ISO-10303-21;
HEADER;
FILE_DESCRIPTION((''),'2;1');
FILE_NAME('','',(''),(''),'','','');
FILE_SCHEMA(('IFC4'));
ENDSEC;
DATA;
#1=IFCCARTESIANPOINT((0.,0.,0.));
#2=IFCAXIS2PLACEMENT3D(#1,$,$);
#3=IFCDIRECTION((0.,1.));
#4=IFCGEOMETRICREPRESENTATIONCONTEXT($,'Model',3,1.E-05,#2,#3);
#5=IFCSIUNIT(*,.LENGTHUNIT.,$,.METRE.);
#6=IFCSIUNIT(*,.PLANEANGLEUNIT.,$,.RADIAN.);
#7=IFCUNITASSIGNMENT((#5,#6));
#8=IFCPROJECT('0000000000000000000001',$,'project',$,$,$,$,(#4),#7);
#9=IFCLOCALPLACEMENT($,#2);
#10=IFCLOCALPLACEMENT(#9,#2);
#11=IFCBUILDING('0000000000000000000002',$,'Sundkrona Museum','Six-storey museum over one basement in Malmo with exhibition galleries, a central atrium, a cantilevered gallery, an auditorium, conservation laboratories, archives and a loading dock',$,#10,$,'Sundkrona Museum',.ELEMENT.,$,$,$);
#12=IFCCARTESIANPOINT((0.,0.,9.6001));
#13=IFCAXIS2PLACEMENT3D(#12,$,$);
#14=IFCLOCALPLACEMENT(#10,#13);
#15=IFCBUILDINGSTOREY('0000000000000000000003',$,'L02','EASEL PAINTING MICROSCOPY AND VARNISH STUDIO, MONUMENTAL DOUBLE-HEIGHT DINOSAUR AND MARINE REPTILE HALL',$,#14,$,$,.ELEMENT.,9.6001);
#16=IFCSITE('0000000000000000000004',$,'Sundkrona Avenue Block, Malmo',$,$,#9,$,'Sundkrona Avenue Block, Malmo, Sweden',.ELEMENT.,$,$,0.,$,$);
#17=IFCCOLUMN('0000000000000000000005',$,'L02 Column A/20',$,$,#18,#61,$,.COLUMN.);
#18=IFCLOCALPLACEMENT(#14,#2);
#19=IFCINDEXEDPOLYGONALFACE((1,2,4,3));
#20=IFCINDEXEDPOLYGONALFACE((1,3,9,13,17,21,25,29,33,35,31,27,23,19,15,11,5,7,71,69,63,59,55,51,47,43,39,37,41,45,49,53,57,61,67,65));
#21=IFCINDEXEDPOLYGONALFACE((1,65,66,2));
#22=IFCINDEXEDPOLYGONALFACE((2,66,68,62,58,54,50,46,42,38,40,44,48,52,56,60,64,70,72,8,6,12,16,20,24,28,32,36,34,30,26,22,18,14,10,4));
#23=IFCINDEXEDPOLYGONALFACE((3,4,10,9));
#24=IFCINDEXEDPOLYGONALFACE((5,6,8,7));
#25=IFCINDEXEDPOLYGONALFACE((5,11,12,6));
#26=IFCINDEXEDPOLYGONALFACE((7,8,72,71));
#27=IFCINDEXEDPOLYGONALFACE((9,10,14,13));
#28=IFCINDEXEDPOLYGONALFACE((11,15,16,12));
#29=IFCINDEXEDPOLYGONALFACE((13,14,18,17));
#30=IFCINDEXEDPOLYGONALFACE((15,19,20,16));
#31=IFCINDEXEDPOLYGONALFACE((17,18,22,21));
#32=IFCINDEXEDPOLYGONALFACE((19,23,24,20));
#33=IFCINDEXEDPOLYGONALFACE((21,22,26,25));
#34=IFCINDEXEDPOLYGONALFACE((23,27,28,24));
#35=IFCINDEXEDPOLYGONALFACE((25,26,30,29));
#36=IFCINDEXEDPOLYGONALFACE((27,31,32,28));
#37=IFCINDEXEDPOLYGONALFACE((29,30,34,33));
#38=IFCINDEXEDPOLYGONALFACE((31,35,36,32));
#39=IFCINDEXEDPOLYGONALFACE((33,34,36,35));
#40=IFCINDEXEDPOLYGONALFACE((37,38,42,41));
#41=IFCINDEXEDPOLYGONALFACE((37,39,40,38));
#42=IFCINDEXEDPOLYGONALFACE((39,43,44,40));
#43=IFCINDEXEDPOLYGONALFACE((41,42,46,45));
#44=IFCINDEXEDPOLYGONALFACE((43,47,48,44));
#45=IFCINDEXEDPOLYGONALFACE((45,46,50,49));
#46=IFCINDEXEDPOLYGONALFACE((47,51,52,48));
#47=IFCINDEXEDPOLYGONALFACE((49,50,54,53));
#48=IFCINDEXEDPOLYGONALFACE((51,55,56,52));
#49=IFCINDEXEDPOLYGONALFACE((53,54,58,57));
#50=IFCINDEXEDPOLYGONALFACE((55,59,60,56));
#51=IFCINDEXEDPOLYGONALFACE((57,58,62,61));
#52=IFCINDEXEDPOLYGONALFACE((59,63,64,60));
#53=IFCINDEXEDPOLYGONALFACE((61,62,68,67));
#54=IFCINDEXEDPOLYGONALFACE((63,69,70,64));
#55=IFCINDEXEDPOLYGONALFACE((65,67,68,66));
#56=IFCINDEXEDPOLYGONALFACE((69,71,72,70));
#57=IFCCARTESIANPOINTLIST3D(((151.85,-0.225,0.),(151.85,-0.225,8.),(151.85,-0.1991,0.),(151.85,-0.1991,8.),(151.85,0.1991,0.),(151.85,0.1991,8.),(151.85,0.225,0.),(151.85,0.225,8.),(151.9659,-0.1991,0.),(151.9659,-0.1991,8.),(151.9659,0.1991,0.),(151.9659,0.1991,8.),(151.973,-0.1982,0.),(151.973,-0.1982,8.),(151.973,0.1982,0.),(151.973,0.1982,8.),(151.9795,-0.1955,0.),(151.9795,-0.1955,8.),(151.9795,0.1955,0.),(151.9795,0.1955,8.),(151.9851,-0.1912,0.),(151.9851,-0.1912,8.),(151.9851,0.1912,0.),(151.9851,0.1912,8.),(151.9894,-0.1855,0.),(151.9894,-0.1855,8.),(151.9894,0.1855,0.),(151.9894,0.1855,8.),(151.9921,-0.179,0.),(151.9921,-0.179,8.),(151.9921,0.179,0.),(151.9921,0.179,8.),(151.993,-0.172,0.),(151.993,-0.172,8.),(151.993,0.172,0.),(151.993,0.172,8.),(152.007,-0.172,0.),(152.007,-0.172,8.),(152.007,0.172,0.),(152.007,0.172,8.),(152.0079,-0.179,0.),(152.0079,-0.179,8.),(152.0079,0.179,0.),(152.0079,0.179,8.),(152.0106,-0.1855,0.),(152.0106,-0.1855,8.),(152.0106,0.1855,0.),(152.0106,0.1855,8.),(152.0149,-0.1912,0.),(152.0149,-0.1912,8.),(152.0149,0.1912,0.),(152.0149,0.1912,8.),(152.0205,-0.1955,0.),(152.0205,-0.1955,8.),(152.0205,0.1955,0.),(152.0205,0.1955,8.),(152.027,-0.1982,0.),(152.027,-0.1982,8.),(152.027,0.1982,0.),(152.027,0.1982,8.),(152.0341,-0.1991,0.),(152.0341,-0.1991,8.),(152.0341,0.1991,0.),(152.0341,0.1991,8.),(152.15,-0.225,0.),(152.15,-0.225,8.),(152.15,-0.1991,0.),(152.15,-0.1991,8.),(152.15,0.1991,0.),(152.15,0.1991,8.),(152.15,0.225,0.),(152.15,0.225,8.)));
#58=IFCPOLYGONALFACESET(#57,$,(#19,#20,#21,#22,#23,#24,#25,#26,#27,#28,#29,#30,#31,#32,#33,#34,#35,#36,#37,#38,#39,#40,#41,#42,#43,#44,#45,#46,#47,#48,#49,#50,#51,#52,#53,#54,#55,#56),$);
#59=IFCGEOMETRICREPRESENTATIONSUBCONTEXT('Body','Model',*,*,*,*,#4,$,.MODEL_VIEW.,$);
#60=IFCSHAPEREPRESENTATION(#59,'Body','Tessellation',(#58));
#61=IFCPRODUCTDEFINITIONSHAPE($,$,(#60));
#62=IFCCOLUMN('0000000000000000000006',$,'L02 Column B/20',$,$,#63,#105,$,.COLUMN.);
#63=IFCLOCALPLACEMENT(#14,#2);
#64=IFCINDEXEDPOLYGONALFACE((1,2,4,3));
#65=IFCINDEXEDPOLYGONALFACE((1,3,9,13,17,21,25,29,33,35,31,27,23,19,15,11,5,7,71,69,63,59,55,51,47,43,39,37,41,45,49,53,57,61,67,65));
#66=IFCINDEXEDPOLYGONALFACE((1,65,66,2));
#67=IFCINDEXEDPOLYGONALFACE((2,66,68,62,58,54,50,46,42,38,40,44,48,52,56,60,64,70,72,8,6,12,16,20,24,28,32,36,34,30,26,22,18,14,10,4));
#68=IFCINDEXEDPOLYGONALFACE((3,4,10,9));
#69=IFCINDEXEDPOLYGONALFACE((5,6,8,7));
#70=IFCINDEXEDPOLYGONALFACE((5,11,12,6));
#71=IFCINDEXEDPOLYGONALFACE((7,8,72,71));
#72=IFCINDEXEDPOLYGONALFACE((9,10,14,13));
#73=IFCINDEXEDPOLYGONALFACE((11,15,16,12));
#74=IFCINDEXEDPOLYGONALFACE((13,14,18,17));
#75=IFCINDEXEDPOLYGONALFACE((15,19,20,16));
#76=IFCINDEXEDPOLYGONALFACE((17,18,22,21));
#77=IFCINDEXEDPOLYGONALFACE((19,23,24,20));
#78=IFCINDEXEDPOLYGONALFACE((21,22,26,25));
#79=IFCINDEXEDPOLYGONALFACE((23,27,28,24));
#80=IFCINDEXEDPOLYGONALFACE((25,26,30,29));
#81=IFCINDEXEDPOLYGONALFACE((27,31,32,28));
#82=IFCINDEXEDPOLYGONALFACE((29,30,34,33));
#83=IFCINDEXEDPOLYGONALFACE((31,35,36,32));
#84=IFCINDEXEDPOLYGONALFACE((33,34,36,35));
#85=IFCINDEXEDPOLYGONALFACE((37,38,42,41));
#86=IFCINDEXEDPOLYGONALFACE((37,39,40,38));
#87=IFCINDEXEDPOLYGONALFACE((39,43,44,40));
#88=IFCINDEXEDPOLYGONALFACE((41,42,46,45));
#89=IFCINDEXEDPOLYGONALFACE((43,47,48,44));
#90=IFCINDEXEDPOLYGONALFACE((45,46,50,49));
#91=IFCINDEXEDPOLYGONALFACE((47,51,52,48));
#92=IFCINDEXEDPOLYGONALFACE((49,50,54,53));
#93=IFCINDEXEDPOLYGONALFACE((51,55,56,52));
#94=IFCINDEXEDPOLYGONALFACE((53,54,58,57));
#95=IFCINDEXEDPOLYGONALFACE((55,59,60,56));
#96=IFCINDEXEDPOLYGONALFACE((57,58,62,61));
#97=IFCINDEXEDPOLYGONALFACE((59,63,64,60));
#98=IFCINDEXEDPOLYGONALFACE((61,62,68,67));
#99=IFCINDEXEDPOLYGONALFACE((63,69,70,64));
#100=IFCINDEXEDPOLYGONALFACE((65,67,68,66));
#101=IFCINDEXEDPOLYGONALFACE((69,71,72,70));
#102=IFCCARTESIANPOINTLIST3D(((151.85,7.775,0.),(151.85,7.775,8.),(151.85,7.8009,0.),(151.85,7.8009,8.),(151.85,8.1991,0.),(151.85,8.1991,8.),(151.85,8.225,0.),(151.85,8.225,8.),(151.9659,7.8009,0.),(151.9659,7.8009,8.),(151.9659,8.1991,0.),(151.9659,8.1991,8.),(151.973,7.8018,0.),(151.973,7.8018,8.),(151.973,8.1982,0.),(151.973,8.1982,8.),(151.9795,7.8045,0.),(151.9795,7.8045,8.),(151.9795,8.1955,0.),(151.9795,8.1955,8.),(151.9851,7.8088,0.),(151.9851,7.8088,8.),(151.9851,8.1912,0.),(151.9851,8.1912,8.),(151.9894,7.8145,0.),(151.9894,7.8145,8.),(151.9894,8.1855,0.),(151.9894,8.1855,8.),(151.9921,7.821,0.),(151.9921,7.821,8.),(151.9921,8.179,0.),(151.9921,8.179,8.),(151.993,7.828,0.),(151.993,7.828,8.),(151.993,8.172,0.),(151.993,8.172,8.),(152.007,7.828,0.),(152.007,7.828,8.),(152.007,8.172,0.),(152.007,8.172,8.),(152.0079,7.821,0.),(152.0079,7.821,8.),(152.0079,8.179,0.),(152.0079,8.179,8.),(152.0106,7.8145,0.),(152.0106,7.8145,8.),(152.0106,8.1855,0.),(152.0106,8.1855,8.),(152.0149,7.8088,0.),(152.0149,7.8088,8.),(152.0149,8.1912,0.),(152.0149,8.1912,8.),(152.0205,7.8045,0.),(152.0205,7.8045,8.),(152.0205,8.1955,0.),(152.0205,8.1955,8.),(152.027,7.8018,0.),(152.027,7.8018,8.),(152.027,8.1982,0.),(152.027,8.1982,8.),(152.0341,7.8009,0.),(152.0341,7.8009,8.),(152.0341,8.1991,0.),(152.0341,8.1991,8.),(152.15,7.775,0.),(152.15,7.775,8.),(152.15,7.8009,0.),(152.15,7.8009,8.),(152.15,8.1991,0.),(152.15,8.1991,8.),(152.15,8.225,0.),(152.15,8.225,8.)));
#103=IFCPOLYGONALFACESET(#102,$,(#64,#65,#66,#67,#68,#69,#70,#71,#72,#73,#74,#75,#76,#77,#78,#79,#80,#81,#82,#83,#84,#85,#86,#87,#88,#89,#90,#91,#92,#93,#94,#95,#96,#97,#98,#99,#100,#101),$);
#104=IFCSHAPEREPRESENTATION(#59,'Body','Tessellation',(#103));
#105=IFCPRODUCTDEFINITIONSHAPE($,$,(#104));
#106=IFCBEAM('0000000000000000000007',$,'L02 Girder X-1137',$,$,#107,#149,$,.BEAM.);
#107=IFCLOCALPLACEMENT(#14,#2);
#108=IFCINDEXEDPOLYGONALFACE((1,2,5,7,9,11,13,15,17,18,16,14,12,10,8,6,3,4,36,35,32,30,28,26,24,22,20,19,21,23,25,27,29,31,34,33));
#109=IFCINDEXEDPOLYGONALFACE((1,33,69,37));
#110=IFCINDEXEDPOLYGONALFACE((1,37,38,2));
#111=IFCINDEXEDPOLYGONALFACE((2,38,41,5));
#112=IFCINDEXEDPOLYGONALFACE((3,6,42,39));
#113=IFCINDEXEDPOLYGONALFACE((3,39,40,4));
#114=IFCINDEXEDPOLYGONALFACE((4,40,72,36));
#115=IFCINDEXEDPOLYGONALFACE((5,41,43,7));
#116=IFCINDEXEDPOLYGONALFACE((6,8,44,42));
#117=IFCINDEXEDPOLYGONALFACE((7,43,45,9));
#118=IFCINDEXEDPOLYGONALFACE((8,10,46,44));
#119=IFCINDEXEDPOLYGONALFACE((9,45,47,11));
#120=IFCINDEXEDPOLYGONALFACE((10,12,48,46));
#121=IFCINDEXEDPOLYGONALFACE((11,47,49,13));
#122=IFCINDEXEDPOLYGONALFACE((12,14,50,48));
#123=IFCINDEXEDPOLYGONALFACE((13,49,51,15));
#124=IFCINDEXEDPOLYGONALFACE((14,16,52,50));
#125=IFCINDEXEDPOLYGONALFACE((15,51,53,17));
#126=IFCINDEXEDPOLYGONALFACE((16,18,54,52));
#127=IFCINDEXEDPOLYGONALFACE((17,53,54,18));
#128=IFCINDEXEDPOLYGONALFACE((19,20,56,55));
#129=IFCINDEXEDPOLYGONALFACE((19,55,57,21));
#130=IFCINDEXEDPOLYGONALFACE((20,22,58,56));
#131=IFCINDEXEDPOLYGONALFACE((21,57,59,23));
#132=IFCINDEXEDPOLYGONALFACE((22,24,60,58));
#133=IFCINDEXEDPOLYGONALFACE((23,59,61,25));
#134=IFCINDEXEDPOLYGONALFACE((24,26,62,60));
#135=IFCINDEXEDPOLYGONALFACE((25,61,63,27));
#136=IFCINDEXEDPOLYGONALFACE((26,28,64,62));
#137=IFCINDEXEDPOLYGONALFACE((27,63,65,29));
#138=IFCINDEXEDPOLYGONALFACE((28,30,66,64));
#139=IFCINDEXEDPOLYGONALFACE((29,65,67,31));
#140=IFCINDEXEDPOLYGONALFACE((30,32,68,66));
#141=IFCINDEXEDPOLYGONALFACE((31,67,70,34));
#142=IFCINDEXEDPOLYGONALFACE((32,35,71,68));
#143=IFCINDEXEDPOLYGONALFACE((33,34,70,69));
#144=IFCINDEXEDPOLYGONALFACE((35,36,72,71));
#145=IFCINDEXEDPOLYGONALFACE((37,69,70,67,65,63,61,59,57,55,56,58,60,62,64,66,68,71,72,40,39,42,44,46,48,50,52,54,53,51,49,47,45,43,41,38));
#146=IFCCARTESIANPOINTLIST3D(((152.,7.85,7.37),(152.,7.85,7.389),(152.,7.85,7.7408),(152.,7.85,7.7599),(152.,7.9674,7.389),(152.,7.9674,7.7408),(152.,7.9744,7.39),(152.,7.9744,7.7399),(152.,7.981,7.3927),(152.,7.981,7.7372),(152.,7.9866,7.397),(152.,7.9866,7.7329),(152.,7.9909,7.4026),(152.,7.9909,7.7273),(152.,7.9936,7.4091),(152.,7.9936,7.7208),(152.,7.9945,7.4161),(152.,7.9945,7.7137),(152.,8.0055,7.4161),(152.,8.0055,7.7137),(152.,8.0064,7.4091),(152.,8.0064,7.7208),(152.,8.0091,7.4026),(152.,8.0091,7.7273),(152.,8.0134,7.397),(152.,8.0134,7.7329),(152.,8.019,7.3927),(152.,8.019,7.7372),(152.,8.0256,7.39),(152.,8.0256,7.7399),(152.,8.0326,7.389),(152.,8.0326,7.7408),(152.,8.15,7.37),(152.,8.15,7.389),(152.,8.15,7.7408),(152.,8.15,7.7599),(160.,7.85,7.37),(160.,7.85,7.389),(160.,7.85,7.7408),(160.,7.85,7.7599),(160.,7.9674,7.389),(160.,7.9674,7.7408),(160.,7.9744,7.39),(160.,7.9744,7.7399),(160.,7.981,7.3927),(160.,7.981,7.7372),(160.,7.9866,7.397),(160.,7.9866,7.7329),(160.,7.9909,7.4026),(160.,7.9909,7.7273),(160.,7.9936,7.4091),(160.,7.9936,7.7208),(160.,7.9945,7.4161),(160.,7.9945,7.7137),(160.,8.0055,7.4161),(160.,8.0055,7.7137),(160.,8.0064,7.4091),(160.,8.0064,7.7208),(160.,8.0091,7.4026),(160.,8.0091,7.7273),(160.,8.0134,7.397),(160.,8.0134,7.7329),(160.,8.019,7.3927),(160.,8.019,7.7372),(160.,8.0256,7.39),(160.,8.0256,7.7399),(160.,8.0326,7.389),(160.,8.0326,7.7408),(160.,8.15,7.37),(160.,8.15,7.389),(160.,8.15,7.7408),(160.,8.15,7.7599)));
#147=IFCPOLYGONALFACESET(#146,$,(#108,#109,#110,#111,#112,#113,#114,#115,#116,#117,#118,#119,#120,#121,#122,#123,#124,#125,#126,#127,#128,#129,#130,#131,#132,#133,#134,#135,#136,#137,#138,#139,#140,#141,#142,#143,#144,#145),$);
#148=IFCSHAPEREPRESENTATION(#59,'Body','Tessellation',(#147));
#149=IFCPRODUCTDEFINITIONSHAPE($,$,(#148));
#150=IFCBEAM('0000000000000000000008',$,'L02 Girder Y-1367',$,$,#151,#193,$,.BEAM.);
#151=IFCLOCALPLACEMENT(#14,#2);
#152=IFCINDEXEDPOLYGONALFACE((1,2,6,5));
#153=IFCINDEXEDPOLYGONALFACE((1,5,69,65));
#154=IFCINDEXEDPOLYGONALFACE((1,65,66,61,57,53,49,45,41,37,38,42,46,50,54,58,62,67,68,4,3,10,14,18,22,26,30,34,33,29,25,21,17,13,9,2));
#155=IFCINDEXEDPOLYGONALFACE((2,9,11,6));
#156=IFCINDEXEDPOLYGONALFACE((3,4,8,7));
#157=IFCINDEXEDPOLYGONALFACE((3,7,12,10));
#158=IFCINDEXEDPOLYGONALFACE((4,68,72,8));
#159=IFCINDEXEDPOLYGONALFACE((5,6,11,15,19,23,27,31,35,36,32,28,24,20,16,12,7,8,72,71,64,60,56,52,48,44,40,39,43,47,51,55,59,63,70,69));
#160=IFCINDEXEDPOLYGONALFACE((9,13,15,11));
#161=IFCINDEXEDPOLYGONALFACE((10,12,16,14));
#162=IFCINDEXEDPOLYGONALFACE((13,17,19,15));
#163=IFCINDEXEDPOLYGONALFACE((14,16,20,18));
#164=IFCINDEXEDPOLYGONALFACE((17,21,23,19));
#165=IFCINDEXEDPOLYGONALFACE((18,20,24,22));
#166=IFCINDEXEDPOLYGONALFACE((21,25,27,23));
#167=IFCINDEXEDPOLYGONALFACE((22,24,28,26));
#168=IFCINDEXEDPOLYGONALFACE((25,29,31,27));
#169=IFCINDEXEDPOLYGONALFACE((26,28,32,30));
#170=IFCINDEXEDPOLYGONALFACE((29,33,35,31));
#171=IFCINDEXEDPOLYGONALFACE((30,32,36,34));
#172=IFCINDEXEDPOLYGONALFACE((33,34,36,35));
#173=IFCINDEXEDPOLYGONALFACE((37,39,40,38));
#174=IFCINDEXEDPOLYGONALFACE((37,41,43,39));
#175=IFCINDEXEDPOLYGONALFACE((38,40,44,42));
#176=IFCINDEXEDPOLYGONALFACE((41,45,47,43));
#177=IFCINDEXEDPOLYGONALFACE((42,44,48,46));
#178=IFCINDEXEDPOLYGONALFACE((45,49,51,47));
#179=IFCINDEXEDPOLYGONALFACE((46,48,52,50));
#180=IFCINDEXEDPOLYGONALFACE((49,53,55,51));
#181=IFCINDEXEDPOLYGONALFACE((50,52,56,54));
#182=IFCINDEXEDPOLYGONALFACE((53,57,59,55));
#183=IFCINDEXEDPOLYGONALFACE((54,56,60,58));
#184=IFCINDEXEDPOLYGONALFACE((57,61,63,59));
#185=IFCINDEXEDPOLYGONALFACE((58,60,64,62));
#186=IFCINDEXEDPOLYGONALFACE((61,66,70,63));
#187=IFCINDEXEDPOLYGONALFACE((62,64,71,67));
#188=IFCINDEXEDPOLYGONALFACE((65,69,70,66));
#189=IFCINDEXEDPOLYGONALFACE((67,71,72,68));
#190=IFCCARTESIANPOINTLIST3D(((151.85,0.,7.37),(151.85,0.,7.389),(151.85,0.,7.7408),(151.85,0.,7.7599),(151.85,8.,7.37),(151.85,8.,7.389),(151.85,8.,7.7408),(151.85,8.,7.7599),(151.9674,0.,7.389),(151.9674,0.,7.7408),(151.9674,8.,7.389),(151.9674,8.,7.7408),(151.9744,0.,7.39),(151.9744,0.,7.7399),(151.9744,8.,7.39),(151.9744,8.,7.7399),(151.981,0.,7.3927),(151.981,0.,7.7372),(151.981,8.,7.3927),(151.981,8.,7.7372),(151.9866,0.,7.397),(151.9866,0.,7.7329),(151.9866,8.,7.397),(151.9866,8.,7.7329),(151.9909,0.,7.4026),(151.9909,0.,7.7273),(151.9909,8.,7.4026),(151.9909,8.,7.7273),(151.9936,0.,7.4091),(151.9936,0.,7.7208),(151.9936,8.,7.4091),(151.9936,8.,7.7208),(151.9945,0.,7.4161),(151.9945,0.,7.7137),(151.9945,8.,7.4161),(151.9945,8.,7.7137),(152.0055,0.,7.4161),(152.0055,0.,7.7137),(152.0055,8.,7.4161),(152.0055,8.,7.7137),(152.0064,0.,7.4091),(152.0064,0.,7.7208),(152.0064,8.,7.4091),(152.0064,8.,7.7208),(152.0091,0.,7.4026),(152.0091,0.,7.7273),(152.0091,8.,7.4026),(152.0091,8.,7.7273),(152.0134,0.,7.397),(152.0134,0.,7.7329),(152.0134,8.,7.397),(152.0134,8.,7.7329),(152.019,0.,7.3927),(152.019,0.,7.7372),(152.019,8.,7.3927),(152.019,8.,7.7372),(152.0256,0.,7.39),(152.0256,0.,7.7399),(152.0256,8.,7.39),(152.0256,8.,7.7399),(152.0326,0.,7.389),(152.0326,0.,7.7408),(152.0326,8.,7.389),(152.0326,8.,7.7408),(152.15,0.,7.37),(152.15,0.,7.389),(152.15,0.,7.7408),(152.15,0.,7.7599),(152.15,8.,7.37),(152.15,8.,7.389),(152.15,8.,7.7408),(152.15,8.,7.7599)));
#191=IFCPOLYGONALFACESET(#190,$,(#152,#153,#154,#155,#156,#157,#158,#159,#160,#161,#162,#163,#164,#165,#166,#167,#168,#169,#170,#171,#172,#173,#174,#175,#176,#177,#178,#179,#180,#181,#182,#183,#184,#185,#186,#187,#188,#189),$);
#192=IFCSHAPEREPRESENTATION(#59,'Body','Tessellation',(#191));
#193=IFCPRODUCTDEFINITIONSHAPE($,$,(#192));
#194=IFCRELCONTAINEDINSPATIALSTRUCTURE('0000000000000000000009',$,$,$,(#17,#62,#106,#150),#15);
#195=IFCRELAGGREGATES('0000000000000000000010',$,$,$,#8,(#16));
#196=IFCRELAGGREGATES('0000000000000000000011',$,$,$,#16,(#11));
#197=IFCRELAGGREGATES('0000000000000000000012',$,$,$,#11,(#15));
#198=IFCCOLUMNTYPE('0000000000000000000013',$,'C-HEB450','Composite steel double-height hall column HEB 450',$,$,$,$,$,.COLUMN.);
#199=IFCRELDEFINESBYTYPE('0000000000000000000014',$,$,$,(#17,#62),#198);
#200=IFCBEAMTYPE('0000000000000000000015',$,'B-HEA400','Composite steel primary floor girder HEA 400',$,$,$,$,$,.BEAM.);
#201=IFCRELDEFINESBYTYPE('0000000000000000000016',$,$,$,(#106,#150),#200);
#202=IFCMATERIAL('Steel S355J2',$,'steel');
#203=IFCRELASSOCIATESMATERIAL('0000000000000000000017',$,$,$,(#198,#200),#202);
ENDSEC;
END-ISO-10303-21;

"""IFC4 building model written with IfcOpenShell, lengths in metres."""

from ifc_helpers import new_model, si_unit, direction, frame, origin, origin_2d, place, context, subcontext, project, spatial, i_section, extrude, material, material_profile, profile_set, type_object, element, save


model = new_model("IFC4")

# Units and contexts
model_context = context("Model", 3, precision=1e-05, world=origin(), true_north=direction((0.0, 1.0)))
body_context = subcontext(model_context, "Body", "Model", "MODEL_VIEW")
ifc_project = project(units=[si_unit("LENGTHUNIT", "METRE"), si_unit("PLANEANGLEUNIT", "RADIAN")], contexts=[model_context])

# Site, building, storey
site_placement = place(None, origin())
site = spatial("IfcSite", under=ifc_project, at=site_placement, Name="Sundkrona Avenue Block, Malmo", LongName="Sundkrona Avenue Block, Malmo, Sweden", CompositionType="ELEMENT", RefElevation=0.0)
building_placement = place(site_placement, origin())
building = spatial("IfcBuilding", under=site, at=building_placement, Name="Sundkrona Museum", Description="Six-storey museum over one basement in Malmo with exhibition galleries, a central atrium, a cantilevered gallery, an auditorium, conservation laboratories, archives and a loading dock", LongName="Sundkrona Museum", CompositionType="ELEMENT")
storey_placement = place(building_placement, frame((0.0, 0.0, 9.6001)))
storey = spatial("IfcBuildingStorey", under=building, at=storey_placement, Name="L02", Description="EASEL PAINTING MICROSCOPY AND VARNISH STUDIO, MONUMENTAL DOUBLE-HEIGHT DINOSAUR AND MARINE REPTILE HALL", CompositionType="ELEMENT", Elevation=9.6001)

# Columns
ifc_material_1 = material(Name="Steel S355J2", Category="steel")
ifc_material_profile_1 = material_profile(ifc_material_1, i_section(OverallWidth=0.3, OverallDepth=0.45, WebThickness=0.0139, FlangeThickness=0.0259, FilletRadius=0.0271, at=origin_2d()), Name="HEB 450")
ifc_profile_set_1 = profile_set([ifc_material_profile_1], Name="Steel S355J2")
column_type = type_object("IfcColumnType", Name="C-HEB450", Description="Composite steel double-height hall column HEB 450", PredefinedType="COLUMN", material=ifc_profile_set_1)
for number, where, z_axis, x_axis, name in (
    (1, (152.0, 0.0, 0.0), (0.0, 0.0, 1.0), (1.0, 0.0, 0.0), "L02 Column A/20"),
    (2, (152.0, 8.0, 0.0), (0.0, 0.0, 1.0), (1.0, 0.0, 0.0), "L02 Column B/20"),
):
    element("IfcColumn", number, at=place(storey_placement, frame(where, z_axis=z_axis, x_axis=x_axis)), inside=storey, type_object=column_type, Name=name, PredefinedType="COLUMN", context=body_context, shape_type="SweptSolid", body=[
        extrude(i_section(OverallWidth=0.3, OverallDepth=0.45, WebThickness=0.0139, FlangeThickness=0.0259, FilletRadius=0.0271, at=origin_2d()), origin(), (0.0, 0.0, 1.0), 8.0),
    ])

# Beams
ifc_material_profile_2 = material_profile(ifc_material_1, i_section(OverallWidth=0.3, OverallDepth=0.3899, WebThickness=0.011, FlangeThickness=0.019, FilletRadius=0.0271, at=origin_2d()), Name="HEA 400")
ifc_profile_set_2 = profile_set([ifc_material_profile_2], Name="Steel S355J2")
beam_type_1 = type_object("IfcBeamType", Name="B-HEA400", Description="Composite steel primary floor girder HEA 400", PredefinedType="BEAM", material=ifc_profile_set_2)
for number, where, z_axis, x_axis, name in (
    (3, (152.0, 8.0, 7.5649), (1.0, 0.0, 0.0), (0.0, 1.0, 0.0), "L02 Girder X-1137"),
    (4, (152.0, 0.0, 7.5649), (0.0, 1.0, 0.0), (-1.0, 0.0, 0.0), "L02 Girder Y-1367"),
):
    element("IfcBeam", number, at=place(storey_placement, frame(where, z_axis=z_axis, x_axis=x_axis)), inside=storey, type_object=beam_type_1, Name=name, PredefinedType="BEAM", context=body_context, shape_type="SweptSolid", body=[
        extrude(i_section(OverallWidth=0.3, OverallDepth=0.3899, WebThickness=0.011, FlangeThickness=0.019, FilletRadius=0.0271, at=origin_2d()), origin(), (0.0, 0.0, 1.0), 8.0),
    ])

save(model, "model.ifc")
